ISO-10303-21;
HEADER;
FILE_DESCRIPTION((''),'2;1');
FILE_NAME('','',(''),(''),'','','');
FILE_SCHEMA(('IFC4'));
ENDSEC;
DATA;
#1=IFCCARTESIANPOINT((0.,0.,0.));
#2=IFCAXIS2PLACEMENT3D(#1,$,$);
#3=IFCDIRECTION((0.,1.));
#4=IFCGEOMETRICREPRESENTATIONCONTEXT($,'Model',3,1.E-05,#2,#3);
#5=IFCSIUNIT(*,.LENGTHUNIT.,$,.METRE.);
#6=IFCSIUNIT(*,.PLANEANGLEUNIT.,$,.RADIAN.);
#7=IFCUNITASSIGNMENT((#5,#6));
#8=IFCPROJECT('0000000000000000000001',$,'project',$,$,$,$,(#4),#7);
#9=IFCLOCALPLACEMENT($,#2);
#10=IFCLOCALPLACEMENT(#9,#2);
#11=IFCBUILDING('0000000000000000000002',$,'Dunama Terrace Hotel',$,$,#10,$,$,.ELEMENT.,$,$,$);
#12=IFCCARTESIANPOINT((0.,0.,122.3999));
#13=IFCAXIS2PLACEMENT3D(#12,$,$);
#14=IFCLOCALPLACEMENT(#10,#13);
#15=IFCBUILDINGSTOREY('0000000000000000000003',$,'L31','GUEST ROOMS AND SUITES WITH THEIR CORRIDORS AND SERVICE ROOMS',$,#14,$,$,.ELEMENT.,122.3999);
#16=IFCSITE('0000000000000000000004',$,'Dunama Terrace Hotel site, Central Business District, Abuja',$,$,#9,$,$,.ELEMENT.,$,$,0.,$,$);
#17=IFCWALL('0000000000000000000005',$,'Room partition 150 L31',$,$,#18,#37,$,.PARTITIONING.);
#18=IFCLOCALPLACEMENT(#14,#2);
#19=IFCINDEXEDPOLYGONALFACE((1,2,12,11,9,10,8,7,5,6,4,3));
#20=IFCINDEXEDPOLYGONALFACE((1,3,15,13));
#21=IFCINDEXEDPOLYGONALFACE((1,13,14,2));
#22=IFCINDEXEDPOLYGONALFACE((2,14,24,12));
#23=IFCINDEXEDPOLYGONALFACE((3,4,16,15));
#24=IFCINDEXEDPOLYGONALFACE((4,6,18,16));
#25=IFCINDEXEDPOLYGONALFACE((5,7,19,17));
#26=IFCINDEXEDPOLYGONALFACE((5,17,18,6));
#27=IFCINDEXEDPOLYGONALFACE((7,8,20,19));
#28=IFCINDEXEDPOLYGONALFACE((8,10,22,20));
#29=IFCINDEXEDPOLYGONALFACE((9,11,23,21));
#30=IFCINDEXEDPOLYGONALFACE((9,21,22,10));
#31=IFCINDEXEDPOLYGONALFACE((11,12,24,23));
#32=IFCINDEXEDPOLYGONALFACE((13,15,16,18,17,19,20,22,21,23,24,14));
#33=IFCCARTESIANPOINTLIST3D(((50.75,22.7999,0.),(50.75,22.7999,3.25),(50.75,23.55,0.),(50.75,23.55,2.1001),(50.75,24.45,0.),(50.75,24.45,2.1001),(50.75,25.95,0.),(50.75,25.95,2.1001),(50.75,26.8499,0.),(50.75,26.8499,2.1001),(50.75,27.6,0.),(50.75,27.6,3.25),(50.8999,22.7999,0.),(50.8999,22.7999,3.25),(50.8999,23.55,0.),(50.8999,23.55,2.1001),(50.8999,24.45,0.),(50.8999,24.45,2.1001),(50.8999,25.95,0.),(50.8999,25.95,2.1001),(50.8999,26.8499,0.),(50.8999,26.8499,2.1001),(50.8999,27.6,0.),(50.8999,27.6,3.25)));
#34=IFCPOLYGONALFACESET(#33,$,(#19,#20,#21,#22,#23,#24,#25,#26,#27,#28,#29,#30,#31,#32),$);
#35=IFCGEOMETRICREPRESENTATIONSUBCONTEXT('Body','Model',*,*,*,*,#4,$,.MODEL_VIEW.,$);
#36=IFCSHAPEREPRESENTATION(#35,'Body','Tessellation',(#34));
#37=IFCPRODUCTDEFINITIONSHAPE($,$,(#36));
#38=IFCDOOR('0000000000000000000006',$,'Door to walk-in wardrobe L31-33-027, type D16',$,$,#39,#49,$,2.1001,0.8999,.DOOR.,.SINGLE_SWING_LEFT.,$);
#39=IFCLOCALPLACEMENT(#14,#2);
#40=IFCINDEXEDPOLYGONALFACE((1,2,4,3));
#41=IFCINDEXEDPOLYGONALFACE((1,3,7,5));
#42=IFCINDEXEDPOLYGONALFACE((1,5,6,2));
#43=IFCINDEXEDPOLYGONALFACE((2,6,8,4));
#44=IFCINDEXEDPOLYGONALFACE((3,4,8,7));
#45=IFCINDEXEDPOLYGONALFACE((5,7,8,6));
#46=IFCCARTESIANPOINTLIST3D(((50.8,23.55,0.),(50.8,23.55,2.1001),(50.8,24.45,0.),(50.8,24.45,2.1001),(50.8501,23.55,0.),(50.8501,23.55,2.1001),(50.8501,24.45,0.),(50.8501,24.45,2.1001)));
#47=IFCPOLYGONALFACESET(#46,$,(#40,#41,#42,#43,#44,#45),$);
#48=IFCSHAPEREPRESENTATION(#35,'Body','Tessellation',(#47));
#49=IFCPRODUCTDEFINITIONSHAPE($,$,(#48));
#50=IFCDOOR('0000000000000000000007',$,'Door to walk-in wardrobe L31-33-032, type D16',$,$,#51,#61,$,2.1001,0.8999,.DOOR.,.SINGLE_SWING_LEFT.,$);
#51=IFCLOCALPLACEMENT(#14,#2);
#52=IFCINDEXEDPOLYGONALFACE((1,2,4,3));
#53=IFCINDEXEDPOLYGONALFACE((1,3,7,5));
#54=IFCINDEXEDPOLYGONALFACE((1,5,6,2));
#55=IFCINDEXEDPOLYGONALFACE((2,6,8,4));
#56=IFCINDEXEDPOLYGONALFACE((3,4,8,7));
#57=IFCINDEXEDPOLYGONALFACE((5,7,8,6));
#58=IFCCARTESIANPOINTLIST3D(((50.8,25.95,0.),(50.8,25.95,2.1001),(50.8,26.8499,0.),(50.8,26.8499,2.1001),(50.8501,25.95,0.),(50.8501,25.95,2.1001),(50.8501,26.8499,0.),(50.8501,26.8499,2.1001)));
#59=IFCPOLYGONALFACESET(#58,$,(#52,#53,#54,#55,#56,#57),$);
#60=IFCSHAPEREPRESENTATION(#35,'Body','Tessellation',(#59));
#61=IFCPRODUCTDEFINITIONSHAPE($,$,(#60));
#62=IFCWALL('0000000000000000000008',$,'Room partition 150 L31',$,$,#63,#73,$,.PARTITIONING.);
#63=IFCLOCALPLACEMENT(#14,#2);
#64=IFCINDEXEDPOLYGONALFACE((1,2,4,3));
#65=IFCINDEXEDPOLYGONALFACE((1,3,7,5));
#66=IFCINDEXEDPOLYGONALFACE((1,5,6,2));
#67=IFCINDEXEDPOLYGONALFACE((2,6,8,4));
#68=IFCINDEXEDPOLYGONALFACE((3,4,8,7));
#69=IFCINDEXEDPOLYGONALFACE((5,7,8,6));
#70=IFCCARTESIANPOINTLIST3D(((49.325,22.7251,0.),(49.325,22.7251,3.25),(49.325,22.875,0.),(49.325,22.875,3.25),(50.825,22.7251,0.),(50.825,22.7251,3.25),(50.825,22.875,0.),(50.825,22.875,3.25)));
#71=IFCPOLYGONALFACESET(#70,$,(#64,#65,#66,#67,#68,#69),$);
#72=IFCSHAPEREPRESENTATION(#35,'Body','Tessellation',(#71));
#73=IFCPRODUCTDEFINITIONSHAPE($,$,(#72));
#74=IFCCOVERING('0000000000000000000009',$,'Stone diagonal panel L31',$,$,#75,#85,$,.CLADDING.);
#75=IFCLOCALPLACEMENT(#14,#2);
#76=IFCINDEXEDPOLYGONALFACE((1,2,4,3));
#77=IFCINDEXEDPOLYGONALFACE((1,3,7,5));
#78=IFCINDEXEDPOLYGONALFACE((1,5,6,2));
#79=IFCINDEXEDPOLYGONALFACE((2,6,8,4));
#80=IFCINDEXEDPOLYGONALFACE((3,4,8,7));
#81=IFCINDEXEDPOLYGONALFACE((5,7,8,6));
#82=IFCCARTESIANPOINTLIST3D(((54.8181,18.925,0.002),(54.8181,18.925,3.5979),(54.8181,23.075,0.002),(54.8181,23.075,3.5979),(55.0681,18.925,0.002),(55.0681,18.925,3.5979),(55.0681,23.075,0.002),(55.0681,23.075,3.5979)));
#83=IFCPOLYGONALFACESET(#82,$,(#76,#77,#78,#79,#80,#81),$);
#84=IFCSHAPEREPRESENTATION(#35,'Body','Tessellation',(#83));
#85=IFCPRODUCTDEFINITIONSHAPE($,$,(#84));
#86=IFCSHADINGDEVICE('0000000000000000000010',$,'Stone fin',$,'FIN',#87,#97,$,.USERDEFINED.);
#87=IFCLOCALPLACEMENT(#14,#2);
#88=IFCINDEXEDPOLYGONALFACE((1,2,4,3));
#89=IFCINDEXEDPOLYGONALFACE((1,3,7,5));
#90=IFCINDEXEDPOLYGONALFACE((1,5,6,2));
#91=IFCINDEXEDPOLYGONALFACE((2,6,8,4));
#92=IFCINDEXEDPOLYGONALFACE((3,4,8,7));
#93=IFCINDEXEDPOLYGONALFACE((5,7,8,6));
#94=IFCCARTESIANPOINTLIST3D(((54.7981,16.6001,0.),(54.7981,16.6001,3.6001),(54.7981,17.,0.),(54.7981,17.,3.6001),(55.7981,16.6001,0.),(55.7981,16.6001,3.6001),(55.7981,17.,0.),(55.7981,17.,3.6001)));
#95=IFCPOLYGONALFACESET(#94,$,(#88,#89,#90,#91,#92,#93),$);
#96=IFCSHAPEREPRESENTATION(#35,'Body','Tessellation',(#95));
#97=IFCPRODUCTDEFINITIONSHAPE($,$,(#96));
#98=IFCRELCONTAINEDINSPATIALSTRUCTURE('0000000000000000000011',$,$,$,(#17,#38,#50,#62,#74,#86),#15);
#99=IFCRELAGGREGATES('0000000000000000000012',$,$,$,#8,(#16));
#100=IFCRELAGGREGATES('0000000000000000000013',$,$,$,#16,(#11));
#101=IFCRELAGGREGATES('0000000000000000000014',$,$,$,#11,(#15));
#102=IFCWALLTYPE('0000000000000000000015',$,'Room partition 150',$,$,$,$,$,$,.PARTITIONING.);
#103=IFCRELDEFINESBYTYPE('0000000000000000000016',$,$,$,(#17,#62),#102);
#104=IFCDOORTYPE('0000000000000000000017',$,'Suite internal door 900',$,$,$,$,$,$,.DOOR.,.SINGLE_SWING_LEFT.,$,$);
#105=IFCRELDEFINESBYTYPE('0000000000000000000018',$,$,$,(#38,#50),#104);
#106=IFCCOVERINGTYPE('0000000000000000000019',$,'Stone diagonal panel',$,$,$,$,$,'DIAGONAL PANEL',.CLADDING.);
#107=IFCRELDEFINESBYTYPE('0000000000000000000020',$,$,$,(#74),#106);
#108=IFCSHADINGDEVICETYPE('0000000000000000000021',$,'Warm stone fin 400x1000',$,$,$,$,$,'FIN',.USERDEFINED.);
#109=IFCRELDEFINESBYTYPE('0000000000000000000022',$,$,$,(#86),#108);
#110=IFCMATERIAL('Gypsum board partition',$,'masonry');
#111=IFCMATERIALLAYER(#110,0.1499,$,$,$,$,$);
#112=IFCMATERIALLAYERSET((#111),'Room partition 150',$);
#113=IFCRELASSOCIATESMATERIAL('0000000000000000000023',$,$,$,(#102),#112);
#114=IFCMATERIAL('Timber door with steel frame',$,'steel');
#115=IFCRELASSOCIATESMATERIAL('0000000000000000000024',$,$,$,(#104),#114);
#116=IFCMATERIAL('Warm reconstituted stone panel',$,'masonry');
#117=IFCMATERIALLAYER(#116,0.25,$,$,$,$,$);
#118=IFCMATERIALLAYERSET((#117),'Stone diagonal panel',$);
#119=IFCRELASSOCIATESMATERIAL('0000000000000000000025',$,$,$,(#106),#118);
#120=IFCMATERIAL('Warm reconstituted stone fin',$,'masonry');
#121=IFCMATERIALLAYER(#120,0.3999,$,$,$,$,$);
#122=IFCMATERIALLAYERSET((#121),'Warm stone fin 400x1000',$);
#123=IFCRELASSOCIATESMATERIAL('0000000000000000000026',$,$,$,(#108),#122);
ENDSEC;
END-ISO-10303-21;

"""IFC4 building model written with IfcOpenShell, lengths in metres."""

from ifc_helpers import new_model, si_unit, direction, frame, frame_2d, origin, origin_2d, place, context, subcontext, project, spatial, rectangle, extrude, material, layer, layer_set, type_object, element, fill, save


model = new_model("IFC4")

# Units and contexts
model_context = context("Model", 3, precision=1e-05, world=origin(), true_north=direction((0.0, 1.0)))
body_context = subcontext(model_context, "Body", "Model", "MODEL_VIEW")
ifc_project = project(units=[si_unit("LENGTHUNIT", "METRE"), si_unit("PLANEANGLEUNIT", "RADIAN")], contexts=[model_context])

# Site, building, storey
site_placement = place(None, origin())
site = spatial("IfcSite", under=ifc_project, at=site_placement, Name="Dunama Terrace Hotel site, Central Business District, Abuja", CompositionType="ELEMENT", RefElevation=0.0)
building_placement = place(site_placement, origin())
building = spatial("IfcBuilding", under=site, at=building_placement, Name="Dunama Terrace Hotel", CompositionType="ELEMENT")
storey_placement = place(building_placement, frame((0.0, 0.0, 122.3999)))
storey = spatial("IfcBuildingStorey", under=building, at=storey_placement, Name="L31", Description="GUEST ROOMS AND SUITES WITH THEIR CORRIDORS AND SERVICE ROOMS", CompositionType="ELEMENT", Elevation=122.3999)

# Shared definitions
ifc_material_1 = material(Name="Gypsum board partition", Category="masonry")
ifc_layer_1 = layer(ifc_material_1, 0.1499)
ifc_layer_set_1 = layer_set([ifc_layer_1], Name="Room partition 150")
wall_type_1 = type_object("IfcWallType", Name="Room partition 150", PredefinedType="PARTITIONING", material=ifc_layer_set_1)

# Wall, openings, doors
wall_1_placement = place(storey_placement, frame((50.825, 22.8, 0.0), z_axis=(0.0, 0.0, 1.0), x_axis=(0.0, 1.0, 0.0)))
wall_1 = element("IfcWall", 1, at=wall_1_placement, inside=storey, type_object=wall_type_1, Name="Room partition 150 L31", PredefinedType="PARTITIONING", context=body_context, shape_type="SweptSolid", body=[
    extrude(rectangle(XDim=4.8, YDim=0.1499, at=frame_2d((2.3999, 0.0))), origin(), (0.0, 0.0, 1.0), 3.25),
])
opening_1_placement = place(wall_1_placement, frame((0.75, 0.0, 0.0)))
opening_1 = element("IfcOpeningElement", 2, at=opening_1_placement, cuts=wall_1, PredefinedType="OPENING", context=body_context, shape_type="SweptSolid", body=[
    extrude(rectangle(XDim=0.8999, YDim=2.1001, at=frame_2d((0.45, 1.05))), frame((0.0, 0.085, 0.0), z_axis=(0.0, -1.0, 0.0), x_axis=(1.0, 0.0, 0.0)), (0.0, 0.0, 1.0), 0.1699),
])
opening_2_placement = place(wall_1_placement, frame((3.1499, 0.0, 0.0)))
opening_2 = element("IfcOpeningElement", 3, at=opening_2_placement, cuts=wall_1, PredefinedType="OPENING", context=body_context, shape_type="SweptSolid", body=[
    extrude(rectangle(XDim=0.8999, YDim=2.1001, at=frame_2d((0.45, 1.05))), frame((0.0, 0.085, 0.0), z_axis=(0.0, -1.0, 0.0), x_axis=(1.0, 0.0, 0.0)), (0.0, 0.0, 1.0), 0.1699),
])
ifc_material_2 = material(Name="Timber door with steel frame", Category="steel")
door_type_1 = type_object("IfcDoorType", Name="Suite internal door 900", OperationType="SINGLE_SWING_LEFT", PredefinedType="DOOR", material=ifc_material_2)
door_1_placement = place(opening_1_placement, origin())
door_1 = element("IfcDoor", 4, at=door_1_placement, inside=storey, type_object=door_type_1, Name="Door to walk-in wardrobe L31-33-027, type D16", OperationType="SINGLE_SWING_LEFT", OverallHeight=2.1001, OverallWidth=0.8999, PredefinedType="DOOR", context=body_context, shape_type="SweptSolid", body=[
    extrude(rectangle(XDim=0.8999, YDim=2.1001, at=frame_2d((0.45, 1.05))), frame((0.0, 0.0249, 0.0), z_axis=(0.0, -1.0, 0.0), x_axis=(1.0, 0.0, 0.0)), (0.0, 0.0, 1.0), 0.05),
])
fill(opening_1, door_1)
door_2_placement = place(opening_2_placement, origin())
door_2 = element("IfcDoor", 5, at=door_2_placement, inside=storey, type_object=door_type_1, Name="Door to walk-in wardrobe L31-33-032, type D16", OperationType="SINGLE_SWING_LEFT", OverallHeight=2.1001, OverallWidth=0.8999, PredefinedType="DOOR", context=body_context, shape_type="SweptSolid", body=[
    extrude(rectangle(XDim=0.8999, YDim=2.1001, at=frame_2d((0.45, 1.05))), frame((0.0, 0.0249, 0.0), z_axis=(0.0, -1.0, 0.0), x_axis=(1.0, 0.0, 0.0)), (0.0, 0.0, 1.0), 0.05),
])
fill(opening_2, door_2)

# Wall
wall_2_placement = place(storey_placement, frame((49.325, 22.8, 0.0), z_axis=(0.0, 0.0, 1.0), x_axis=(1.0, 0.0, 0.0)))
element("IfcWall", 6, at=wall_2_placement, inside=storey, type_object=wall_type_1, Name="Room partition 150 L31", PredefinedType="PARTITIONING", context=body_context, shape_type="SweptSolid", body=[
    extrude(rectangle(XDim=1.5, YDim=0.1499, at=frame_2d((0.75, 0.0))), origin(), (0.0, 0.0, 1.0), 3.25),
])

# Covering
ifc_material_3 = material(Name="Warm reconstituted stone panel", Category="masonry")
ifc_layer_2 = layer(ifc_material_3, 0.25)
ifc_layer_set_2 = layer_set([ifc_layer_2], Name="Stone diagonal panel")
covering_type = type_object("IfcCoveringType", Name="Stone diagonal panel", ElementType="DIAGONAL PANEL", PredefinedType="CLADDING", material=ifc_layer_set_2)
covering_placement = place(storey_placement, frame((54.9431, 21.0, 0.002), z_axis=(0.0, 0.0, 1.0), x_axis=(0.0, 1.0, 0.0)))
element("IfcCovering", 7, at=covering_placement, inside=storey, type_object=covering_type, Name="Stone diagonal panel L31", PredefinedType="CLADDING", context=body_context, shape_type="SweptSolid", body=[
    extrude(rectangle(XDim=4.1499, YDim=0.25, at=origin_2d()), origin(), (0.0, 0.0, 1.0), 3.5959),
])

# Shading device
ifc_material_4 = material(Name="Warm reconstituted stone fin", Category="masonry")
ifc_layer_3 = layer(ifc_material_4, 0.3999)
ifc_layer_set_3 = layer_set([ifc_layer_3], Name="Warm stone fin 400x1000")
shading_device_type = type_object("IfcShadingDeviceType", Name="Warm stone fin 400x1000", ElementType="FIN", PredefinedType="USERDEFINED", material=ifc_layer_set_3)
shading_device_placement = place(storey_placement, frame((55.2981, 16.8, 0.0), z_axis=(0.0, 0.0, 1.0), x_axis=(0.0, 1.0, 0.0)))
element("IfcShadingDevice", 8, at=shading_device_placement, inside=storey, type_object=shading_device_type, Name="Stone fin", ObjectType="FIN", PredefinedType="USERDEFINED", context=body_context, shape_type="SweptSolid", body=[
    extrude(rectangle(XDim=0.3999, YDim=1.0, at=origin_2d()), origin(), (0.0, 0.0, 1.0), 3.6001),
])

save(model, "model.ifc")
